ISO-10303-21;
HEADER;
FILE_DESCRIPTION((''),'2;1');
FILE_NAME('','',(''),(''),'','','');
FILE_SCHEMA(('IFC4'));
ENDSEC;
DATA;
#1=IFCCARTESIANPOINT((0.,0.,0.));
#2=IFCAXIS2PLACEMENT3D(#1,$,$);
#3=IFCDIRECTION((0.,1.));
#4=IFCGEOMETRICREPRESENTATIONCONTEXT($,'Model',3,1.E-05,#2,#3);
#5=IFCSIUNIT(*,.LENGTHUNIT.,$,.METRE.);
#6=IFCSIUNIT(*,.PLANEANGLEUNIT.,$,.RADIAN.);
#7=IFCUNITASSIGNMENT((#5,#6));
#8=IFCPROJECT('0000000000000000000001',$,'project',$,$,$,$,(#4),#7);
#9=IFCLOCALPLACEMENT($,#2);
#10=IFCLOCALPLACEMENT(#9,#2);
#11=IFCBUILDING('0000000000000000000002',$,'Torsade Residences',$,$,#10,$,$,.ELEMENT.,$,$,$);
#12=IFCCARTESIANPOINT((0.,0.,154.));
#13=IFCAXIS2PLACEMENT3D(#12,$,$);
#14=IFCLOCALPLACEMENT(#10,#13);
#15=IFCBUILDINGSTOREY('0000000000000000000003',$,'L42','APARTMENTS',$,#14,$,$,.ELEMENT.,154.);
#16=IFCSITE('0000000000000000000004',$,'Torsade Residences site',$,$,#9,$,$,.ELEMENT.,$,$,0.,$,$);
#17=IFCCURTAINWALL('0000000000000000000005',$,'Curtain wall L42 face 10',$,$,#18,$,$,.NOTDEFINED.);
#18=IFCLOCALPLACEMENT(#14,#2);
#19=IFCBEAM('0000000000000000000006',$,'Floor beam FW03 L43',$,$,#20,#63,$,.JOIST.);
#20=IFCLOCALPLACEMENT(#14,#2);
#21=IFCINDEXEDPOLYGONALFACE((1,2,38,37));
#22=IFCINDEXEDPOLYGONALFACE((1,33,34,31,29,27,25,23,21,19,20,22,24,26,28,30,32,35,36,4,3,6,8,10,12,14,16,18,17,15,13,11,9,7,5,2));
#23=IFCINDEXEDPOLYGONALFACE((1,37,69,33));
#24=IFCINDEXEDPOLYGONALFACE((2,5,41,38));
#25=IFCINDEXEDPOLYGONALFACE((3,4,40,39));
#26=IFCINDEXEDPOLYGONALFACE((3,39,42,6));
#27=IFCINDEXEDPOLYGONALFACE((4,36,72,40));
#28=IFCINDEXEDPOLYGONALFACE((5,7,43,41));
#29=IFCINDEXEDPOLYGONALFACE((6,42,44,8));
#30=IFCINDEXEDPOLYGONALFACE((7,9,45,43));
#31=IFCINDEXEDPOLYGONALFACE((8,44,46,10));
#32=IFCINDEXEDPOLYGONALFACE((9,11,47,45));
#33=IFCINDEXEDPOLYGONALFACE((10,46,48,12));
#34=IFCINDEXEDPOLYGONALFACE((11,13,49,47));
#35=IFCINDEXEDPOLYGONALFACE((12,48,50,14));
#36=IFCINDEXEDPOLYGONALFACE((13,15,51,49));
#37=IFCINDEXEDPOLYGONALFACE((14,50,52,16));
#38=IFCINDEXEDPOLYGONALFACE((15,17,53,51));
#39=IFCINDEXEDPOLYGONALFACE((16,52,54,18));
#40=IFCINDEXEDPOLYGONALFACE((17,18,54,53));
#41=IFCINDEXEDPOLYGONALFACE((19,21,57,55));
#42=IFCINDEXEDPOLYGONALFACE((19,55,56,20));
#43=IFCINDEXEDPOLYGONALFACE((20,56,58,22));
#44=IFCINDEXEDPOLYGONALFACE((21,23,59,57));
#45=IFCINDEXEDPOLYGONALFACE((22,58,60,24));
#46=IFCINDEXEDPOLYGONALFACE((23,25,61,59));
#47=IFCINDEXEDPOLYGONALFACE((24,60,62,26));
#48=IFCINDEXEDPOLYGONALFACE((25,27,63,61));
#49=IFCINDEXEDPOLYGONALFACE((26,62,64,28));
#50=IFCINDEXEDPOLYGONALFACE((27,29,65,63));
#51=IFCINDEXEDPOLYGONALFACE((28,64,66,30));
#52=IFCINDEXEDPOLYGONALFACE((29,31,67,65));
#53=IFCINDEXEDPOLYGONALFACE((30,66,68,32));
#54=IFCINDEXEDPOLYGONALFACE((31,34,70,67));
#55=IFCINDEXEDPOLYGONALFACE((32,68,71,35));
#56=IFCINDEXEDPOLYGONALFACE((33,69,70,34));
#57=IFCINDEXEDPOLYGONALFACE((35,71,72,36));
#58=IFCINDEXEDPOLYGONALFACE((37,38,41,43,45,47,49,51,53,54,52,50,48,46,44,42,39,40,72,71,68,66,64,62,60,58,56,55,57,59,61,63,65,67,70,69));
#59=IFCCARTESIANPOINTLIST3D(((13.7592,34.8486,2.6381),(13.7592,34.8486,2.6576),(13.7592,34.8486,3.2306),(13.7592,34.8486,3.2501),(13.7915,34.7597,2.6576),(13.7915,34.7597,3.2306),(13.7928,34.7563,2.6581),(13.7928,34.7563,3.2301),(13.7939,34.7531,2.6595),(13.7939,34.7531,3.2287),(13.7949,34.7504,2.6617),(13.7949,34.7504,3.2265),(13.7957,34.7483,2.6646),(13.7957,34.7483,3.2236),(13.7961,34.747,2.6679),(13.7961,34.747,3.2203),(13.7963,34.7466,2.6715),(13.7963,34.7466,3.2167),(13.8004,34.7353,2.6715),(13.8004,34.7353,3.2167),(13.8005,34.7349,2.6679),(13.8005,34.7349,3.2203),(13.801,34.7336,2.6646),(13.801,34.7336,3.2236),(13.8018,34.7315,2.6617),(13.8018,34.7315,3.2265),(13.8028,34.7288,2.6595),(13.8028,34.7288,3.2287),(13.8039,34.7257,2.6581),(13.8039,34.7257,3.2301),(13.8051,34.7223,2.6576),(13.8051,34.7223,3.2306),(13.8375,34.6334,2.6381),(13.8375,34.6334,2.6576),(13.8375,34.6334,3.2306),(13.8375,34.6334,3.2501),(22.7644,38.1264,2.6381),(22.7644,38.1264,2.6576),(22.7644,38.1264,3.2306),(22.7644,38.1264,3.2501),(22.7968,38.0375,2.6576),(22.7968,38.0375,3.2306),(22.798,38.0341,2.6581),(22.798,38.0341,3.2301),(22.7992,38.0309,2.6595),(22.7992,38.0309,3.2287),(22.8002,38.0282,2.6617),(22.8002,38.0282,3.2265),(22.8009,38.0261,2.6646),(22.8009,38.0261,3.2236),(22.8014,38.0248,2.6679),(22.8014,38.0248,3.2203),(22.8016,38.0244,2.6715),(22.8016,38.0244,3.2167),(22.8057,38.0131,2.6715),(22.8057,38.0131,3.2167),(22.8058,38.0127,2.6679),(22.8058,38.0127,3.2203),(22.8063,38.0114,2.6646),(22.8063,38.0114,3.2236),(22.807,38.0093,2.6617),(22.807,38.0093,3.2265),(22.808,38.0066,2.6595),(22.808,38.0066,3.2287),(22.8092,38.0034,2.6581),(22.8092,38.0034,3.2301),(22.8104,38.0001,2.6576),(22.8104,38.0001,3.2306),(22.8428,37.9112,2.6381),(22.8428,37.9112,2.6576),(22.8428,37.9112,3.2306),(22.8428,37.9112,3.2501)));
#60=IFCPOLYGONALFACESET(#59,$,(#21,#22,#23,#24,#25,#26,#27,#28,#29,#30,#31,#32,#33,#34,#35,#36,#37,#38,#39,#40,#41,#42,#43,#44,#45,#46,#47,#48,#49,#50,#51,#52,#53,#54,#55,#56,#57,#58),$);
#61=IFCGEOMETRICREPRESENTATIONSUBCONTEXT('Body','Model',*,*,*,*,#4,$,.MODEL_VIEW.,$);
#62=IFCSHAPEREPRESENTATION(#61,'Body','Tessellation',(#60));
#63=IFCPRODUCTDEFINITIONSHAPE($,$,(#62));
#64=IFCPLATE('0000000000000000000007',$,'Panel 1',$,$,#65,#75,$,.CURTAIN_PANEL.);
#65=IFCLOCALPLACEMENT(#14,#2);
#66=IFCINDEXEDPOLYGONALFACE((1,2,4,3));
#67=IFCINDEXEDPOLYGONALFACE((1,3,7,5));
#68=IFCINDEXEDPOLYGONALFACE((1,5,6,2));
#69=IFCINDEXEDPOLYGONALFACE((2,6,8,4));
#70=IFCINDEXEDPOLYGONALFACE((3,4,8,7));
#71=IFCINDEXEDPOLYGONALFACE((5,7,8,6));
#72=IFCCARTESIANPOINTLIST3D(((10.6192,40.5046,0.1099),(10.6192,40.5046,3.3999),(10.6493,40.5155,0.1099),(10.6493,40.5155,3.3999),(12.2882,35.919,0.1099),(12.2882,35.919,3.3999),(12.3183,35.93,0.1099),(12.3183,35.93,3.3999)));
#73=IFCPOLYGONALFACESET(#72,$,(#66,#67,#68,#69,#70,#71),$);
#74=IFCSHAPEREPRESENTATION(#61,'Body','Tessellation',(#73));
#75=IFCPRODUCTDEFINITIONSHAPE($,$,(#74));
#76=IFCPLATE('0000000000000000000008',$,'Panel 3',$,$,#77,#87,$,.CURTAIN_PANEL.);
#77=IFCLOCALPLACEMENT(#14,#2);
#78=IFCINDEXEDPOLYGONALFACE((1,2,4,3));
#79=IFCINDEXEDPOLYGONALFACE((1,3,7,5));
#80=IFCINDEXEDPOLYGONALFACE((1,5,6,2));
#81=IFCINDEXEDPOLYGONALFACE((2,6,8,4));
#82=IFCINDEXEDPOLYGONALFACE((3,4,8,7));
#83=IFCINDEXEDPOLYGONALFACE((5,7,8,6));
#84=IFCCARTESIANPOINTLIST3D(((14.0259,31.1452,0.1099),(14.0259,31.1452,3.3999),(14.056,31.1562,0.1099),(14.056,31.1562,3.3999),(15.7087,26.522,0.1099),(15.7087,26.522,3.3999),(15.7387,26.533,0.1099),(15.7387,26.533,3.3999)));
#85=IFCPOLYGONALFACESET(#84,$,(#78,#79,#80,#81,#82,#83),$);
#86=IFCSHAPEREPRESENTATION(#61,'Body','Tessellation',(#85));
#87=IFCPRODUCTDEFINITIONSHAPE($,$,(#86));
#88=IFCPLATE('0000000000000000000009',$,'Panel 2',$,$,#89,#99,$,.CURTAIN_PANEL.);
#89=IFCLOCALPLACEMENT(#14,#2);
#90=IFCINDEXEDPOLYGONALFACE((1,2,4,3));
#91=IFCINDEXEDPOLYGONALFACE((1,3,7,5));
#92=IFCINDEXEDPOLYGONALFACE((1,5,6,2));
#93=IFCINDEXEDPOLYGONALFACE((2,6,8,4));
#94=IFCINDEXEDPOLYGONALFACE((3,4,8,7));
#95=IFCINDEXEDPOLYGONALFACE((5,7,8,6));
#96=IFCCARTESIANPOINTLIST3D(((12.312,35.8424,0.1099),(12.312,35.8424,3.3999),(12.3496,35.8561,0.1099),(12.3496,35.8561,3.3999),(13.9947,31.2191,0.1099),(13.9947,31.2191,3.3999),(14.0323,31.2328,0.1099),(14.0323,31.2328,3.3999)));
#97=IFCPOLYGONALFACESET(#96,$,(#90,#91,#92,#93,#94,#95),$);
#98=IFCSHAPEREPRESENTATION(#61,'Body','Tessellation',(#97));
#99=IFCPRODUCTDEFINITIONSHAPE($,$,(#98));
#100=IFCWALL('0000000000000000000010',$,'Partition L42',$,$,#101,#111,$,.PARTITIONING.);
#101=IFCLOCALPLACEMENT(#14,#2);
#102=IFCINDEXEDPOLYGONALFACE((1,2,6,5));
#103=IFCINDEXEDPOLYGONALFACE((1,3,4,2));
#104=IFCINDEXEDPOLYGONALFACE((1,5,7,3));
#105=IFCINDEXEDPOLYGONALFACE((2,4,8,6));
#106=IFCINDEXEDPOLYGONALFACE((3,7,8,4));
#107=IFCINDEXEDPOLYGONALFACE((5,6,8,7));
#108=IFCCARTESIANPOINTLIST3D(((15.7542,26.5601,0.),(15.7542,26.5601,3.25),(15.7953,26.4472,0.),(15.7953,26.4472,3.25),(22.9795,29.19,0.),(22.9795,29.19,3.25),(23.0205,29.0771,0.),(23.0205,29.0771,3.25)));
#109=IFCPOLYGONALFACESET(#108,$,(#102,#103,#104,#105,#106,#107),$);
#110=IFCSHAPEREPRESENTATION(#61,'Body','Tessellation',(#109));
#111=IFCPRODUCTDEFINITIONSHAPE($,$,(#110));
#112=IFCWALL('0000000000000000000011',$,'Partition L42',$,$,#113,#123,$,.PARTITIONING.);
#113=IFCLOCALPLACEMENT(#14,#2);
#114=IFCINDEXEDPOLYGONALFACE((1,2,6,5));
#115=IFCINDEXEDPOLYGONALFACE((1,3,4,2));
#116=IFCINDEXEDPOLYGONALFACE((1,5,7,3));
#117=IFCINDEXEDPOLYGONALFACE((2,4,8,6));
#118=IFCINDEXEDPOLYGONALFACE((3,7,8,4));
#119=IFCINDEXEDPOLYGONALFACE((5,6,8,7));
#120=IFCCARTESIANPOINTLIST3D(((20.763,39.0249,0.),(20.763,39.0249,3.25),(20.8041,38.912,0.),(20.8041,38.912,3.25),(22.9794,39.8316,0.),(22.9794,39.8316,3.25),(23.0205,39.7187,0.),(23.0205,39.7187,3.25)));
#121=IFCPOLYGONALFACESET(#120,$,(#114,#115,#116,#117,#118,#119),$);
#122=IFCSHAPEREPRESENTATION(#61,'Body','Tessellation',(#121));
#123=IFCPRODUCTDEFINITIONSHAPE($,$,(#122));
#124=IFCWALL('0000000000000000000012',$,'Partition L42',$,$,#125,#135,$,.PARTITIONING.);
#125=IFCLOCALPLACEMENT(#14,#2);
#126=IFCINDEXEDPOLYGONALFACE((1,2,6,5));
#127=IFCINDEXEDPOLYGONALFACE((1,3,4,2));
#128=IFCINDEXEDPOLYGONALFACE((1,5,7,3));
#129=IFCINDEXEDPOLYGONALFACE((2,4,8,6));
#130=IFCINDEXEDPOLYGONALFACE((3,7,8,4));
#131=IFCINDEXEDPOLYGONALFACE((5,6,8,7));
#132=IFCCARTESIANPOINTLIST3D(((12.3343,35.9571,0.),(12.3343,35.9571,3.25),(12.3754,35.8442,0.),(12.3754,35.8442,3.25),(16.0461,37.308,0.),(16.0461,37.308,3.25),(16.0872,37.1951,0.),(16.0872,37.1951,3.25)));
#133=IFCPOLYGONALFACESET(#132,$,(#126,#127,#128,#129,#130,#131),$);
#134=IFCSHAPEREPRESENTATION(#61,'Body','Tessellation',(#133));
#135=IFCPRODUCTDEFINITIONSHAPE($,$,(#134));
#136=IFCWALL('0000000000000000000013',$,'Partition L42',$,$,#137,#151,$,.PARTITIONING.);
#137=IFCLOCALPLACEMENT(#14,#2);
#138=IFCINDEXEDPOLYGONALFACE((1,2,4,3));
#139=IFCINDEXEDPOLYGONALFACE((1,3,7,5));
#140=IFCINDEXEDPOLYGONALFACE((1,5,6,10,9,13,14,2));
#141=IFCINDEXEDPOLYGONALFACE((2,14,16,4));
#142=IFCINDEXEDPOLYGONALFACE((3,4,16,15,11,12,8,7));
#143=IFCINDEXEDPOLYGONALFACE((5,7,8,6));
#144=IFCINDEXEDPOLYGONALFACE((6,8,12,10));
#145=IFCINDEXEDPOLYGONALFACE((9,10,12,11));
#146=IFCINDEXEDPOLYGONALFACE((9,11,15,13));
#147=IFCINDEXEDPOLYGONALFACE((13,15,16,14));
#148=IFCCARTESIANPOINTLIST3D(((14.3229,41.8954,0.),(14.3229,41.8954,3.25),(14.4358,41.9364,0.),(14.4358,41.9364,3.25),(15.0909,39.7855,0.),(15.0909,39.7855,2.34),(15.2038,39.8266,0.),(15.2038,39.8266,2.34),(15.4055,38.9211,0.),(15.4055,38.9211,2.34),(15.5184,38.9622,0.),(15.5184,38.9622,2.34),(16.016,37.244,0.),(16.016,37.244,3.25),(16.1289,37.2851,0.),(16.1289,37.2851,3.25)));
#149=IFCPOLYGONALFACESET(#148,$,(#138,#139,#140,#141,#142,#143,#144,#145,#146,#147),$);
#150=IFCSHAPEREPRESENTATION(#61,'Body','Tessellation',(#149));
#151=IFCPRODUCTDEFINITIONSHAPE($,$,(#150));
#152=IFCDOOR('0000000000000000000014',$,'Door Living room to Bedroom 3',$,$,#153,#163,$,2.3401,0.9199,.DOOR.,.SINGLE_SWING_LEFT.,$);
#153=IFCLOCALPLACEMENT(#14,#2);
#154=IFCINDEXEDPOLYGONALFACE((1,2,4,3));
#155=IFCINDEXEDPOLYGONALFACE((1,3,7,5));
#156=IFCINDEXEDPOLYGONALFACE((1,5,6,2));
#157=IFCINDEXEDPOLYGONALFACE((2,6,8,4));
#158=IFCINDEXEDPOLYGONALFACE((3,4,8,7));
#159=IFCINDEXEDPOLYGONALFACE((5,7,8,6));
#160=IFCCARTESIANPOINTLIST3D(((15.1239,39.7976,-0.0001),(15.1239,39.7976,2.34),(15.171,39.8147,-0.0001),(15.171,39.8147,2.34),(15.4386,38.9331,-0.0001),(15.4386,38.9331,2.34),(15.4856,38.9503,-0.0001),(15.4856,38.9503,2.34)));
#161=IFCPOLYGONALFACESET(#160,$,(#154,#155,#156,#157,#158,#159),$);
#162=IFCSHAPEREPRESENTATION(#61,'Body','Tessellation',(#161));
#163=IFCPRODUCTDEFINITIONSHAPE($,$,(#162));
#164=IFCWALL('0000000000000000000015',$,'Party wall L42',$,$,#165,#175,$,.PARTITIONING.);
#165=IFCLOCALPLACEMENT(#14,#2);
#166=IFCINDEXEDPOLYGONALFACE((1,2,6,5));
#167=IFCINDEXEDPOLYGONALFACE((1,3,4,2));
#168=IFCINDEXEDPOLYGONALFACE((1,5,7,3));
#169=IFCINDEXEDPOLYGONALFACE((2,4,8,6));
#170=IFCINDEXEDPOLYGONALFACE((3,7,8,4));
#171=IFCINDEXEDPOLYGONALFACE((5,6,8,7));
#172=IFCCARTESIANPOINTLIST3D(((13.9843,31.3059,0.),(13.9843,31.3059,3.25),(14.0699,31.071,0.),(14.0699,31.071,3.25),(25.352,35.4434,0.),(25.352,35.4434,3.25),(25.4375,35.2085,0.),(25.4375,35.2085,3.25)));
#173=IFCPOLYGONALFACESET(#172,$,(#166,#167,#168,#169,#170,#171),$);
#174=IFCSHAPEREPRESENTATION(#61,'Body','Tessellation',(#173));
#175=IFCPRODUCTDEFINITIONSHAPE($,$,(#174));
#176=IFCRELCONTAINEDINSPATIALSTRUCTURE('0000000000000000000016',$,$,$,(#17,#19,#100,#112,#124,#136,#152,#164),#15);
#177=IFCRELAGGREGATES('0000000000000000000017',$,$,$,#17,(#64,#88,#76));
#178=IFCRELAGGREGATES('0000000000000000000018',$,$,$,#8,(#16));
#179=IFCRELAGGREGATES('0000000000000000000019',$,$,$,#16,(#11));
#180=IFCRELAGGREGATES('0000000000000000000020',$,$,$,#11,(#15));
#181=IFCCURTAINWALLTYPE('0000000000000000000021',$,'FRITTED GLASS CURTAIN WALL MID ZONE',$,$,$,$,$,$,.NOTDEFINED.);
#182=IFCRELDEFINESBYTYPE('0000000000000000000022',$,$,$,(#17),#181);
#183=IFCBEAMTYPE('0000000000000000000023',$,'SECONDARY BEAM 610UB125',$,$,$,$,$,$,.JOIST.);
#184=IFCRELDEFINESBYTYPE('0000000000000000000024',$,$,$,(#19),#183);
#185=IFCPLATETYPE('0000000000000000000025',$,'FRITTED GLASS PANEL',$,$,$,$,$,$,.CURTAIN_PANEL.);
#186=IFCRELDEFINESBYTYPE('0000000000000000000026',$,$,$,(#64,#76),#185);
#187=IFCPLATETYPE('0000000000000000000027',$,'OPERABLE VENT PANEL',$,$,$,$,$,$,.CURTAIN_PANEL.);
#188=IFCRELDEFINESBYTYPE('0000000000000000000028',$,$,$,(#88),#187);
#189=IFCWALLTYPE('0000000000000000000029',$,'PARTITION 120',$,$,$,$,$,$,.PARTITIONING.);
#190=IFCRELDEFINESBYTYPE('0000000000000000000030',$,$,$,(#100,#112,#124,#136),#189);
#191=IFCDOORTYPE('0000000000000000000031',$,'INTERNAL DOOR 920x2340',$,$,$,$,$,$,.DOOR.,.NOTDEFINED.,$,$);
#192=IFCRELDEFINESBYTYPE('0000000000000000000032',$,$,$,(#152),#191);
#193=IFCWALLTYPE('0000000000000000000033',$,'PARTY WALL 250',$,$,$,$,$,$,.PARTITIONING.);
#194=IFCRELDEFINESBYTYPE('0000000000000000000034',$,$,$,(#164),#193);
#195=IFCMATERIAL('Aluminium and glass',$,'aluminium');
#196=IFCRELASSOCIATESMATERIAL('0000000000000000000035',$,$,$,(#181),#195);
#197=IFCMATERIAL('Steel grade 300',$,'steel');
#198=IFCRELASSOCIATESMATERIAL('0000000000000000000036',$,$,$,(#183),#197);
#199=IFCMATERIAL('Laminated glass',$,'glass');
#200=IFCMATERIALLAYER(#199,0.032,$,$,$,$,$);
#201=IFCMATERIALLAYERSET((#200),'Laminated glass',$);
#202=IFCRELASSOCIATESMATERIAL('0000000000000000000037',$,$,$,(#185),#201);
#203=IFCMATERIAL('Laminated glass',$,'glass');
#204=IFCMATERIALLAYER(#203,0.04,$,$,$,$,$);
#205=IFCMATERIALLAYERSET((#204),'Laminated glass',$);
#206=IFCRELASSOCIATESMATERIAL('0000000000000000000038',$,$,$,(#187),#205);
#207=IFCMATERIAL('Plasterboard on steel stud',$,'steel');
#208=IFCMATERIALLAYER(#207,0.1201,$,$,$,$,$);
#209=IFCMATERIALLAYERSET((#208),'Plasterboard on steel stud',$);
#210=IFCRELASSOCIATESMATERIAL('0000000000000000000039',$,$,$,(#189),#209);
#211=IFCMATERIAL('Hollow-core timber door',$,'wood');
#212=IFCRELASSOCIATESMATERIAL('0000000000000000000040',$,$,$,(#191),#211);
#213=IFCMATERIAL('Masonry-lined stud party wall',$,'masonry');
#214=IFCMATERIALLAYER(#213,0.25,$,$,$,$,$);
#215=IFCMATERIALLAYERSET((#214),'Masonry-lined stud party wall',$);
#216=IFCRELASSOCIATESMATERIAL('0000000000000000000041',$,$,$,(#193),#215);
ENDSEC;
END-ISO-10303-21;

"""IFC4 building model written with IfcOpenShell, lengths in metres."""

from ifc_helpers import new_model, si_unit, direction, frame, frame_2d, origin, origin_2d, place, context, subcontext, project, spatial, rectangle, i_section, extrude, material, layer, layer_set, material_profile, profile_set, type_object, element, fill, aggregate, save


model = new_model("IFC4")

# Units and contexts
model_context = context("Model", 3, precision=1e-05, world=origin(), true_north=direction((0.0, 1.0)))
body_context = subcontext(model_context, "Body", "Model", "MODEL_VIEW")
ifc_project = project(units=[si_unit("LENGTHUNIT", "METRE"), si_unit("PLANEANGLEUNIT", "RADIAN")], contexts=[model_context])

# Site, building, storey
site_placement = place(None, origin())
site = spatial("IfcSite", under=ifc_project, at=site_placement, Name="Torsade Residences site", CompositionType="ELEMENT", RefElevation=0.0)
building_placement = place(site_placement, origin())
building = spatial("IfcBuilding", under=site, at=building_placement, Name="Torsade Residences", CompositionType="ELEMENT")
storey_placement = place(building_placement, frame((0.0, 0.0, 154.0)))
storey = spatial("IfcBuildingStorey", under=building, at=storey_placement, Name="L42", Description="APARTMENTS", CompositionType="ELEMENT", Elevation=154.0)

# Curtain wall
ifc_material_1 = material(Name="Aluminium and glass", Category="aluminium")
curtain_wall_type = type_object("IfcCurtainWallType", Name="FRITTED GLASS CURTAIN WALL MID ZONE", PredefinedType="NOTDEFINED", material=ifc_material_1)
curtain_wall_placement = place(storey_placement, origin())
curtain_wall = element("IfcCurtainWall", 1, at=curtain_wall_placement, inside=storey, type_object=curtain_wall_type, Name="Curtain wall L42 face 10", PredefinedType="NOTDEFINED")

# Beam
ifc_material_2 = material(Name="Steel grade 300", Category="steel")
ifc_material_profile_1 = material_profile(ifc_material_2, i_section(OverallWidth=0.229, OverallDepth=0.6121, WebThickness=0.012, FlangeThickness=0.0195, FilletRadius=0.0139, at=origin_2d()), Name="610UB125")
ifc_profile_set_1 = profile_set([ifc_material_profile_1], Name="Steel grade 300")
beam_type_1 = type_object("IfcBeamType", Name="SECONDARY BEAM 610UB125", PredefinedType="JOIST", material=ifc_profile_set_1)
beam_1_placement = place(storey_placement, frame((13.7983, 34.741, 2.9441), z_axis=(0.939688, 0.342034, 0.0), x_axis=(-0.342034, 0.939688, 0.0)))
element("IfcBeam", 2, at=beam_1_placement, inside=storey, type_object=beam_type_1, Name="Floor beam FW03 L43", PredefinedType="JOIST", context=body_context, shape_type="SweptSolid", body=[
    extrude(i_section(OverallWidth=0.229, OverallDepth=0.6121, WebThickness=0.012, FlangeThickness=0.0195, FilletRadius=0.0139, at=origin_2d()), origin(), (0.0, 0.0, 1.0), 9.5833),
])

# Plates
ifc_material_3 = material(Name="Laminated glass", Category="glass")
ifc_layer_1 = layer(ifc_material_3, 0.032)
ifc_layer_set_1 = layer_set([ifc_layer_1], Name="Laminated glass")
plate_type_1 = type_object("IfcPlateType", Name="FRITTED GLASS PANEL", PredefinedType="CURTAIN_PANEL", material=ifc_layer_set_1)
plate_1_placement = place(storey_placement, frame((11.4688, 38.2173, 0.1099), z_axis=(0.0, 0.0, 1.0), x_axis=(0.34202, -0.939693, 0.0)))
plate_1 = element("IfcPlate", 3, at=plate_1_placement, type_object=plate_type_1, Name="Panel 1", PredefinedType="CURTAIN_PANEL", context=body_context, shape_type="SweptSolid", body=[
    extrude(rectangle(XDim=4.8799, YDim=0.032, at=origin_2d()), origin(), (0.0, 0.0, 1.0), 3.29),
])
plate_2_placement = place(storey_placement, frame((14.8823, 28.8391, 0.1099), z_axis=(0.0, 0.0, 1.0), x_axis=(0.34202, -0.939693, 0.0)))
plate_2 = element("IfcPlate", 4, at=plate_2_placement, type_object=plate_type_1, Name="Panel 3", PredefinedType="CURTAIN_PANEL", context=body_context, shape_type="SweptSolid", body=[
    extrude(rectangle(XDim=4.9199, YDim=0.032, at=origin_2d()), origin(), (0.0, 0.0, 1.0), 3.29),
])
ifc_material_4 = material(Name="Laminated glass", Category="glass")
ifc_layer_2 = layer(ifc_material_4, 0.04)
ifc_layer_set_2 = layer_set([ifc_layer_2], Name="Laminated glass")
plate_type_2 = type_object("IfcPlateType", Name="OPERABLE VENT PANEL", PredefinedType="CURTAIN_PANEL", material=ifc_layer_set_2)
plate_3_placement = place(storey_placement, frame((13.1721, 33.5376, 0.1099), z_axis=(0.0, 0.0, 1.0), x_axis=(0.34202, -0.939693, 0.0)))
plate_3 = element("IfcPlate", 5, at=plate_3_placement, type_object=plate_type_2, Name="Panel 2", PredefinedType="CURTAIN_PANEL", context=body_context, shape_type="SweptSolid", body=[
    extrude(rectangle(XDim=4.9199, YDim=0.04, at=origin_2d()), origin(), (0.0, 0.0, 1.0), 3.29),
])
aggregate(curtain_wall, [plate_1, plate_3, plate_2])

# Walls
ifc_material_5 = material(Name="Plasterboard on steel stud", Category="steel")
ifc_layer_3 = layer(ifc_material_5, 0.1201)
ifc_layer_set_3 = layer_set([ifc_layer_3], Name="Plasterboard on steel stud")
wall_type_1 = type_object("IfcWallType", Name="PARTITION 120", PredefinedType="PARTITIONING", material=ifc_layer_set_3)
wall_1_placement = place(storey_placement, frame((23.0, 29.1335, 0.0), z_axis=(0.0, 0.0, 1.0), x_axis=(-0.939686, -0.342039, 0.0)))
element("IfcWall", 6, at=wall_1_placement, inside=storey, type_object=wall_type_1, Name="Partition L42", PredefinedType="PARTITIONING", context=body_context, shape_type="SweptSolid", body=[
    extrude(rectangle(XDim=7.689, YDim=0.1201, at=frame_2d((3.8445, 0.0))), origin(), (0.0, 0.0, 1.0), 3.25),
])
wall_2_placement = place(storey_placement, frame((20.7837, 38.9685, 0.0), z_axis=(0.0, 0.0, 1.0), x_axis=(0.939697, 0.342009, 0.0)))
element("IfcWall", 7, at=wall_2_placement, inside=storey, type_object=wall_type_1, Name="Partition L42", PredefinedType="PARTITIONING", context=body_context, shape_type="SweptSolid", body=[
    extrude(rectangle(XDim=2.3586, YDim=0.1201, at=frame_2d((1.1792, 0.0))), origin(), (0.0, 0.0, 1.0), 3.25),
])
wall_3_placement = place(storey_placement, frame((12.3547, 35.9006, 0.0), z_axis=(0.0, 0.0, 1.0), x_axis=(0.939701, 0.341996, 0.0)))
element("IfcWall", 8, at=wall_3_placement, inside=storey, type_object=wall_type_1, Name="Partition L42", PredefinedType="PARTITIONING", context=body_context, shape_type="SweptSolid", body=[
    extrude(rectangle(XDim=3.95, YDim=0.1201, at=frame_2d((1.9751, 0.0))), origin(), (0.0, 0.0, 1.0), 3.25),
])

# Wall, opening, door
wall_4_placement = place(storey_placement, frame((16.0725, 37.2644, 0.0), z_axis=(0.0, 0.0, 1.0), x_axis=(-0.342048, 0.939682, 0.0)))
wall_4 = element("IfcWall", 9, at=wall_4_placement, inside=storey, type_object=wall_type_1, Name="Partition L42", PredefinedType="PARTITIONING", context=body_context, shape_type="SweptSolid", body=[
    extrude(rectangle(XDim=4.95, YDim=0.1201, at=frame_2d((2.4751, 0.0))), origin(), (0.0, 0.0, 1.0), 3.25),
])
opening_placement = place(wall_4_placement, frame((1.7849, 0.0, 0.0)))
opening = element("IfcOpeningElement", 10, at=opening_placement, cuts=wall_4, PredefinedType="OPENING", context=body_context, shape_type="SweptSolid", body=[
    extrude(rectangle(XDim=0.9199, YDim=2.3401, at=frame_2d((0.46, 1.1699))), frame((0.0, 0.0701, 0.0), z_axis=(0.0, -1.0, 0.0), x_axis=(1.0, 0.0, 0.0)), (0.0, 0.0, 1.0), 0.1401),
])
ifc_material_6 = material(Name="Hollow-core timber door", Category="wood")
door_type = type_object("IfcDoorType", Name="INTERNAL DOOR 920x2340", OperationType="NOTDEFINED", PredefinedType="DOOR", material=ifc_material_6)
door_placement = place(opening_placement, origin())
door = element("IfcDoor", 11, at=door_placement, inside=storey, type_object=door_type, Name="Door Living room to Bedroom 3", OperationType="SINGLE_SWING_LEFT", OverallHeight=2.3401, OverallWidth=0.9199, PredefinedType="DOOR", context=body_context, shape_type="SweptSolid", body=[
    extrude(rectangle(XDim=0.9199, YDim=2.3401, at=frame_2d((0.46, 1.1699))), frame((0.0, 0.0249, 0.0), z_axis=(0.0, -1.0, 0.0), x_axis=(1.0, 0.0, 0.0)), (0.0, 0.0, 1.0), 0.05),
])
fill(opening, door)

# Wall
ifc_material_7 = material(Name="Masonry-lined stud party wall", Category="masonry")
ifc_layer_4 = layer(ifc_material_7, 0.25)
ifc_layer_set_4 = layer_set([ifc_layer_4], Name="Masonry-lined stud party wall")
wall_type_2 = type_object("IfcWallType", Name="PARTY WALL 250", PredefinedType="PARTITIONING", material=ifc_layer_set_4)
wall_5_placement = place(storey_placement, frame((14.0271, 31.1885, 0.0), z_axis=(0.0, 0.0, 1.0), x_axis=(0.939694, 0.342017, 0.0)))
element("IfcWall", 12, at=wall_5_placement, inside=storey, type_object=wall_type_2, Name="Party wall L42", PredefinedType="PARTITIONING", context=body_context, shape_type="SweptSolid", body=[
    extrude(rectangle(XDim=12.0972, YDim=0.25, at=frame_2d((6.0486, 0.0))), origin(), (0.0, 0.0, 1.0), 3.25),
])

save(model, "model.ifc")
